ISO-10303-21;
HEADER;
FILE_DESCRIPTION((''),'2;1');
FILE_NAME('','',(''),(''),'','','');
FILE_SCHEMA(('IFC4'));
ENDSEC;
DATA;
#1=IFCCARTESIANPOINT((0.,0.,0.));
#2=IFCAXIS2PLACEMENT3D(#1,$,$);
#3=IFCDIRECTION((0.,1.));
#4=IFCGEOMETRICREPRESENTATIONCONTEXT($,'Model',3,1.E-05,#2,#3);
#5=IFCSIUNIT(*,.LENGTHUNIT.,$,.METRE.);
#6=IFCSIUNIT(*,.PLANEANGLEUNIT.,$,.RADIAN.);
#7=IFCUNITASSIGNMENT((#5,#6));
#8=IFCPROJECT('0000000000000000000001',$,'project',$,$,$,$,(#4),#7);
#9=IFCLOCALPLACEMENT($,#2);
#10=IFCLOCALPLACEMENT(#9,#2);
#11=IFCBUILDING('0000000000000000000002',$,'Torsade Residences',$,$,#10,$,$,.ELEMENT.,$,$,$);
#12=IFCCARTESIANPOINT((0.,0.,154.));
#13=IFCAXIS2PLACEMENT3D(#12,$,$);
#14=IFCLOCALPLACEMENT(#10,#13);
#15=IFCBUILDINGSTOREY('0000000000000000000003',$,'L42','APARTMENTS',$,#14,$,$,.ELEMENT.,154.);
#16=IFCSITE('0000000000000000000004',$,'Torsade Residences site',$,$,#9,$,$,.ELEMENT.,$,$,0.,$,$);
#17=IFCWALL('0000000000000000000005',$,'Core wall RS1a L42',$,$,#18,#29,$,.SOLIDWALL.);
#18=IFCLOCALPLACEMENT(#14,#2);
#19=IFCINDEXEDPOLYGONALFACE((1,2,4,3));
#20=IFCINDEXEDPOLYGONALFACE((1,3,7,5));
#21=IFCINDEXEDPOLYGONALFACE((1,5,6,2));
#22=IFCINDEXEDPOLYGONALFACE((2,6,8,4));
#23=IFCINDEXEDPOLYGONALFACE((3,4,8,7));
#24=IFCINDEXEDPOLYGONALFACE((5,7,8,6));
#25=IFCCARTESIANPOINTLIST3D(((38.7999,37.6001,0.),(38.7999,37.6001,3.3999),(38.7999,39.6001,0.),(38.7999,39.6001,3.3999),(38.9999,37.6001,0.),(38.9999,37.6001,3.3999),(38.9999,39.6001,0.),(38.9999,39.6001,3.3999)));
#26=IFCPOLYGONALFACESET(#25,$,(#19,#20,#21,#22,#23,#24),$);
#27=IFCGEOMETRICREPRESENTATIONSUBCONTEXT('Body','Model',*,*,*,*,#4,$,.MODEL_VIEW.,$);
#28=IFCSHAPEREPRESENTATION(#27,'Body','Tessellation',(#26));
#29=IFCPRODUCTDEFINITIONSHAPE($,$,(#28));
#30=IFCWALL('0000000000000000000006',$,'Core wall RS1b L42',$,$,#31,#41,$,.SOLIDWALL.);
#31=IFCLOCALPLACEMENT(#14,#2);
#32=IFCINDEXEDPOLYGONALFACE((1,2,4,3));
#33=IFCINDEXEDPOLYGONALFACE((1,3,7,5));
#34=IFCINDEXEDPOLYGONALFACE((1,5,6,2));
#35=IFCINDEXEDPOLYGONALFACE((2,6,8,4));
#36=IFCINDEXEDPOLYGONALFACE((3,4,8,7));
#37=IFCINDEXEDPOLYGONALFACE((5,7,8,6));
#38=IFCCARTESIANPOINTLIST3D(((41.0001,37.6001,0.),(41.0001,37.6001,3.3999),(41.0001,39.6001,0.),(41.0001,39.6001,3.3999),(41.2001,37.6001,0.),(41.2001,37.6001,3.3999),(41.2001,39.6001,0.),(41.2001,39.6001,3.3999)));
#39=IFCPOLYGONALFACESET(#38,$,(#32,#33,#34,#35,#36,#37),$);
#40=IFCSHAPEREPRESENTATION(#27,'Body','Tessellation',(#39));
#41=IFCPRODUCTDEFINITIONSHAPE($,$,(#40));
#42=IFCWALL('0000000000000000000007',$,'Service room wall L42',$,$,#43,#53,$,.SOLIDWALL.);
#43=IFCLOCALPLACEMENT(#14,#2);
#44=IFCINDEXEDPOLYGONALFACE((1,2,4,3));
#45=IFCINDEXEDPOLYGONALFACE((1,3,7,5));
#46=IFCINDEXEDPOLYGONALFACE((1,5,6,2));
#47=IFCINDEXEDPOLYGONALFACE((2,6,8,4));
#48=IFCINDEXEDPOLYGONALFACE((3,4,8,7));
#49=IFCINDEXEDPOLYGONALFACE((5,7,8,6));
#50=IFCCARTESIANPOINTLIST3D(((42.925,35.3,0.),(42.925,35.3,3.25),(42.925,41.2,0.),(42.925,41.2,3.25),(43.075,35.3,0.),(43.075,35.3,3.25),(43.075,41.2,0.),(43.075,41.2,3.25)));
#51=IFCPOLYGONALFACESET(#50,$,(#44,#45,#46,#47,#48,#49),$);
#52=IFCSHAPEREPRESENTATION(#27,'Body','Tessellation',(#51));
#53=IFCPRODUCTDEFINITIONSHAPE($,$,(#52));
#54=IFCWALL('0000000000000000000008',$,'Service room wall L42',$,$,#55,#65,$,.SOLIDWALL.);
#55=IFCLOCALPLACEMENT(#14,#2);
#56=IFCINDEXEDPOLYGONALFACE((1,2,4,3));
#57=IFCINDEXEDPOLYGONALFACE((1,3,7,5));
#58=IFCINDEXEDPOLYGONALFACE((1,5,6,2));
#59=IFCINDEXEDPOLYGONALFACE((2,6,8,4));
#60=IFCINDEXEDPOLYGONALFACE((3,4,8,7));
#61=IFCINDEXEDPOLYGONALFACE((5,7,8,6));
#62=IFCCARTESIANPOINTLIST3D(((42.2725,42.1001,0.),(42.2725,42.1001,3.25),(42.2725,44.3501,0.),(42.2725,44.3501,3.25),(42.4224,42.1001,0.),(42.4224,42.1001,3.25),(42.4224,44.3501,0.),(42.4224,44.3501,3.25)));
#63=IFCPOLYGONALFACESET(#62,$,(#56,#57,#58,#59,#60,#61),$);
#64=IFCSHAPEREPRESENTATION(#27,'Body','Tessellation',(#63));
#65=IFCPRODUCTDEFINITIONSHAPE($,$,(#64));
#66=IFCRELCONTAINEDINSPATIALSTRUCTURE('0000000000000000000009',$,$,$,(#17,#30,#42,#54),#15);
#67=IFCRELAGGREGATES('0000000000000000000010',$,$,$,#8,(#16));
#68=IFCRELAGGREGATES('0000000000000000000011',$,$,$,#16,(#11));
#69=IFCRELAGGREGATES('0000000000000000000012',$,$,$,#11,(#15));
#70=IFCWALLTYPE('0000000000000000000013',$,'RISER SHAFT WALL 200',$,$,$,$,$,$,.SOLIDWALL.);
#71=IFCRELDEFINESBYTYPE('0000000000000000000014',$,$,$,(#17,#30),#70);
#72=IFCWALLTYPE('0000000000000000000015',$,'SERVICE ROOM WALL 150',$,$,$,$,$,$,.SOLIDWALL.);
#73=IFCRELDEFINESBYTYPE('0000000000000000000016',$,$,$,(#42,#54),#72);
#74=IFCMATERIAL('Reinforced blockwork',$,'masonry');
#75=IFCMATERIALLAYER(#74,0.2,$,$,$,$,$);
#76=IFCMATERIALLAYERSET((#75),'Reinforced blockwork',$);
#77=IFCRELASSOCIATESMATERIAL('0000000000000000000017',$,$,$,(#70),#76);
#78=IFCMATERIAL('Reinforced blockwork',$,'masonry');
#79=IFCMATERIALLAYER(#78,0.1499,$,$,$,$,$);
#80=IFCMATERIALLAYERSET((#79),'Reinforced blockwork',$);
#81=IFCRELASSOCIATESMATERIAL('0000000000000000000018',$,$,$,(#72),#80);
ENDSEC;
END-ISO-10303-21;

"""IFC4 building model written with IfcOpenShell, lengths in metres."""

from ifc_helpers import new_model, si_unit, direction, frame, frame_2d, origin, place, context, subcontext, project, spatial, rectangle, extrude, material, layer, layer_set, type_object, element, save


model = new_model("IFC4")

# Units and contexts
model_context = context("Model", 3, precision=1e-05, world=origin(), true_north=direction((0.0, 1.0)))
body_context = subcontext(model_context, "Body", "Model", "MODEL_VIEW")
ifc_project = project(units=[si_unit("LENGTHUNIT", "METRE"), si_unit("PLANEANGLEUNIT", "RADIAN")], contexts=[model_context])

# Site, building, storey
site_placement = place(None, origin())
site = spatial("IfcSite", under=ifc_project, at=site_placement, Name="Torsade Residences site", CompositionType="ELEMENT", RefElevation=0.0)
building_placement = place(site_placement, origin())
building = spatial("IfcBuilding", under=site, at=building_placement, Name="Torsade Residences", CompositionType="ELEMENT")
storey_placement = place(building_placement, frame((0.0, 0.0, 154.0)))
storey = spatial("IfcBuildingStorey", under=building, at=storey_placement, Name="L42", Description="APARTMENTS", CompositionType="ELEMENT", Elevation=154.0)

# Walls
ifc_material_1 = material(Name="Reinforced blockwork", Category="masonry")
ifc_layer_1 = layer(ifc_material_1, 0.2)
ifc_layer_set_1 = layer_set([ifc_layer_1], Name="Reinforced blockwork")
wall_type_1 = type_object("IfcWallType", Name="RISER SHAFT WALL 200", PredefinedType="SOLIDWALL", material=ifc_layer_set_1)
for number, where, z_axis, x_axis, name in (
    (1, (38.8999, 37.6001, 0.0), (0.0, 0.0, 1.0), (0.0, 1.0, 0.0), "Core wall RS1a L42"),
    (2, (41.1001, 37.6001, 0.0), (0.0, 0.0, 1.0), (0.0, 1.0, 0.0), "Core wall RS1b L42"),
):
    element("IfcWall", number, at=place(storey_placement, frame(where, z_axis=z_axis, x_axis=x_axis)), inside=storey, type_object=wall_type_1, Name=name, PredefinedType="SOLIDWALL", context=body_context, shape_type="SweptSolid", body=[
        extrude(rectangle(XDim=2.0, YDim=0.2, at=frame_2d((1.0, 0.0))), origin(), (0.0, 0.0, 1.0), 3.3999),
    ])
ifc_material_2 = material(Name="Reinforced blockwork", Category="masonry")
ifc_layer_2 = layer(ifc_material_2, 0.1499)
ifc_layer_set_2 = layer_set([ifc_layer_2], Name="Reinforced blockwork")
wall_type_2 = type_object("IfcWallType", Name="SERVICE ROOM WALL 150", PredefinedType="SOLIDWALL", material=ifc_layer_set_2)
wall_1_placement = place(storey_placement, frame((43.0, 41.2, 0.0), z_axis=(0.0, 0.0, 1.0), x_axis=(0.0, -1.0, 0.0)))
element("IfcWall", 3, at=wall_1_placement, inside=storey, type_object=wall_type_2, Name="Service room wall L42", PredefinedType="SOLIDWALL", context=body_context, shape_type="SweptSolid", body=[
    extrude(rectangle(XDim=5.8999, YDim=0.1499, at=frame_2d((2.95, 0.0))), origin(), (0.0, 0.0, 1.0), 3.25),
])
wall_2_placement = place(storey_placement, frame((42.3474, 42.1001, 0.0), z_axis=(0.0, 0.0, 1.0), x_axis=(0.0, 1.0, 0.0)))
element("IfcWall", 4, at=wall_2_placement, inside=storey, type_object=wall_type_2, Name="Service room wall L42", PredefinedType="SOLIDWALL", context=body_context, shape_type="SweptSolid", body=[
    extrude(rectangle(XDim=2.25, YDim=0.1499, at=frame_2d((1.125, 0.0))), origin(), (0.0, 0.0, 1.0), 3.25),
])

save(model, "model.ifc")
